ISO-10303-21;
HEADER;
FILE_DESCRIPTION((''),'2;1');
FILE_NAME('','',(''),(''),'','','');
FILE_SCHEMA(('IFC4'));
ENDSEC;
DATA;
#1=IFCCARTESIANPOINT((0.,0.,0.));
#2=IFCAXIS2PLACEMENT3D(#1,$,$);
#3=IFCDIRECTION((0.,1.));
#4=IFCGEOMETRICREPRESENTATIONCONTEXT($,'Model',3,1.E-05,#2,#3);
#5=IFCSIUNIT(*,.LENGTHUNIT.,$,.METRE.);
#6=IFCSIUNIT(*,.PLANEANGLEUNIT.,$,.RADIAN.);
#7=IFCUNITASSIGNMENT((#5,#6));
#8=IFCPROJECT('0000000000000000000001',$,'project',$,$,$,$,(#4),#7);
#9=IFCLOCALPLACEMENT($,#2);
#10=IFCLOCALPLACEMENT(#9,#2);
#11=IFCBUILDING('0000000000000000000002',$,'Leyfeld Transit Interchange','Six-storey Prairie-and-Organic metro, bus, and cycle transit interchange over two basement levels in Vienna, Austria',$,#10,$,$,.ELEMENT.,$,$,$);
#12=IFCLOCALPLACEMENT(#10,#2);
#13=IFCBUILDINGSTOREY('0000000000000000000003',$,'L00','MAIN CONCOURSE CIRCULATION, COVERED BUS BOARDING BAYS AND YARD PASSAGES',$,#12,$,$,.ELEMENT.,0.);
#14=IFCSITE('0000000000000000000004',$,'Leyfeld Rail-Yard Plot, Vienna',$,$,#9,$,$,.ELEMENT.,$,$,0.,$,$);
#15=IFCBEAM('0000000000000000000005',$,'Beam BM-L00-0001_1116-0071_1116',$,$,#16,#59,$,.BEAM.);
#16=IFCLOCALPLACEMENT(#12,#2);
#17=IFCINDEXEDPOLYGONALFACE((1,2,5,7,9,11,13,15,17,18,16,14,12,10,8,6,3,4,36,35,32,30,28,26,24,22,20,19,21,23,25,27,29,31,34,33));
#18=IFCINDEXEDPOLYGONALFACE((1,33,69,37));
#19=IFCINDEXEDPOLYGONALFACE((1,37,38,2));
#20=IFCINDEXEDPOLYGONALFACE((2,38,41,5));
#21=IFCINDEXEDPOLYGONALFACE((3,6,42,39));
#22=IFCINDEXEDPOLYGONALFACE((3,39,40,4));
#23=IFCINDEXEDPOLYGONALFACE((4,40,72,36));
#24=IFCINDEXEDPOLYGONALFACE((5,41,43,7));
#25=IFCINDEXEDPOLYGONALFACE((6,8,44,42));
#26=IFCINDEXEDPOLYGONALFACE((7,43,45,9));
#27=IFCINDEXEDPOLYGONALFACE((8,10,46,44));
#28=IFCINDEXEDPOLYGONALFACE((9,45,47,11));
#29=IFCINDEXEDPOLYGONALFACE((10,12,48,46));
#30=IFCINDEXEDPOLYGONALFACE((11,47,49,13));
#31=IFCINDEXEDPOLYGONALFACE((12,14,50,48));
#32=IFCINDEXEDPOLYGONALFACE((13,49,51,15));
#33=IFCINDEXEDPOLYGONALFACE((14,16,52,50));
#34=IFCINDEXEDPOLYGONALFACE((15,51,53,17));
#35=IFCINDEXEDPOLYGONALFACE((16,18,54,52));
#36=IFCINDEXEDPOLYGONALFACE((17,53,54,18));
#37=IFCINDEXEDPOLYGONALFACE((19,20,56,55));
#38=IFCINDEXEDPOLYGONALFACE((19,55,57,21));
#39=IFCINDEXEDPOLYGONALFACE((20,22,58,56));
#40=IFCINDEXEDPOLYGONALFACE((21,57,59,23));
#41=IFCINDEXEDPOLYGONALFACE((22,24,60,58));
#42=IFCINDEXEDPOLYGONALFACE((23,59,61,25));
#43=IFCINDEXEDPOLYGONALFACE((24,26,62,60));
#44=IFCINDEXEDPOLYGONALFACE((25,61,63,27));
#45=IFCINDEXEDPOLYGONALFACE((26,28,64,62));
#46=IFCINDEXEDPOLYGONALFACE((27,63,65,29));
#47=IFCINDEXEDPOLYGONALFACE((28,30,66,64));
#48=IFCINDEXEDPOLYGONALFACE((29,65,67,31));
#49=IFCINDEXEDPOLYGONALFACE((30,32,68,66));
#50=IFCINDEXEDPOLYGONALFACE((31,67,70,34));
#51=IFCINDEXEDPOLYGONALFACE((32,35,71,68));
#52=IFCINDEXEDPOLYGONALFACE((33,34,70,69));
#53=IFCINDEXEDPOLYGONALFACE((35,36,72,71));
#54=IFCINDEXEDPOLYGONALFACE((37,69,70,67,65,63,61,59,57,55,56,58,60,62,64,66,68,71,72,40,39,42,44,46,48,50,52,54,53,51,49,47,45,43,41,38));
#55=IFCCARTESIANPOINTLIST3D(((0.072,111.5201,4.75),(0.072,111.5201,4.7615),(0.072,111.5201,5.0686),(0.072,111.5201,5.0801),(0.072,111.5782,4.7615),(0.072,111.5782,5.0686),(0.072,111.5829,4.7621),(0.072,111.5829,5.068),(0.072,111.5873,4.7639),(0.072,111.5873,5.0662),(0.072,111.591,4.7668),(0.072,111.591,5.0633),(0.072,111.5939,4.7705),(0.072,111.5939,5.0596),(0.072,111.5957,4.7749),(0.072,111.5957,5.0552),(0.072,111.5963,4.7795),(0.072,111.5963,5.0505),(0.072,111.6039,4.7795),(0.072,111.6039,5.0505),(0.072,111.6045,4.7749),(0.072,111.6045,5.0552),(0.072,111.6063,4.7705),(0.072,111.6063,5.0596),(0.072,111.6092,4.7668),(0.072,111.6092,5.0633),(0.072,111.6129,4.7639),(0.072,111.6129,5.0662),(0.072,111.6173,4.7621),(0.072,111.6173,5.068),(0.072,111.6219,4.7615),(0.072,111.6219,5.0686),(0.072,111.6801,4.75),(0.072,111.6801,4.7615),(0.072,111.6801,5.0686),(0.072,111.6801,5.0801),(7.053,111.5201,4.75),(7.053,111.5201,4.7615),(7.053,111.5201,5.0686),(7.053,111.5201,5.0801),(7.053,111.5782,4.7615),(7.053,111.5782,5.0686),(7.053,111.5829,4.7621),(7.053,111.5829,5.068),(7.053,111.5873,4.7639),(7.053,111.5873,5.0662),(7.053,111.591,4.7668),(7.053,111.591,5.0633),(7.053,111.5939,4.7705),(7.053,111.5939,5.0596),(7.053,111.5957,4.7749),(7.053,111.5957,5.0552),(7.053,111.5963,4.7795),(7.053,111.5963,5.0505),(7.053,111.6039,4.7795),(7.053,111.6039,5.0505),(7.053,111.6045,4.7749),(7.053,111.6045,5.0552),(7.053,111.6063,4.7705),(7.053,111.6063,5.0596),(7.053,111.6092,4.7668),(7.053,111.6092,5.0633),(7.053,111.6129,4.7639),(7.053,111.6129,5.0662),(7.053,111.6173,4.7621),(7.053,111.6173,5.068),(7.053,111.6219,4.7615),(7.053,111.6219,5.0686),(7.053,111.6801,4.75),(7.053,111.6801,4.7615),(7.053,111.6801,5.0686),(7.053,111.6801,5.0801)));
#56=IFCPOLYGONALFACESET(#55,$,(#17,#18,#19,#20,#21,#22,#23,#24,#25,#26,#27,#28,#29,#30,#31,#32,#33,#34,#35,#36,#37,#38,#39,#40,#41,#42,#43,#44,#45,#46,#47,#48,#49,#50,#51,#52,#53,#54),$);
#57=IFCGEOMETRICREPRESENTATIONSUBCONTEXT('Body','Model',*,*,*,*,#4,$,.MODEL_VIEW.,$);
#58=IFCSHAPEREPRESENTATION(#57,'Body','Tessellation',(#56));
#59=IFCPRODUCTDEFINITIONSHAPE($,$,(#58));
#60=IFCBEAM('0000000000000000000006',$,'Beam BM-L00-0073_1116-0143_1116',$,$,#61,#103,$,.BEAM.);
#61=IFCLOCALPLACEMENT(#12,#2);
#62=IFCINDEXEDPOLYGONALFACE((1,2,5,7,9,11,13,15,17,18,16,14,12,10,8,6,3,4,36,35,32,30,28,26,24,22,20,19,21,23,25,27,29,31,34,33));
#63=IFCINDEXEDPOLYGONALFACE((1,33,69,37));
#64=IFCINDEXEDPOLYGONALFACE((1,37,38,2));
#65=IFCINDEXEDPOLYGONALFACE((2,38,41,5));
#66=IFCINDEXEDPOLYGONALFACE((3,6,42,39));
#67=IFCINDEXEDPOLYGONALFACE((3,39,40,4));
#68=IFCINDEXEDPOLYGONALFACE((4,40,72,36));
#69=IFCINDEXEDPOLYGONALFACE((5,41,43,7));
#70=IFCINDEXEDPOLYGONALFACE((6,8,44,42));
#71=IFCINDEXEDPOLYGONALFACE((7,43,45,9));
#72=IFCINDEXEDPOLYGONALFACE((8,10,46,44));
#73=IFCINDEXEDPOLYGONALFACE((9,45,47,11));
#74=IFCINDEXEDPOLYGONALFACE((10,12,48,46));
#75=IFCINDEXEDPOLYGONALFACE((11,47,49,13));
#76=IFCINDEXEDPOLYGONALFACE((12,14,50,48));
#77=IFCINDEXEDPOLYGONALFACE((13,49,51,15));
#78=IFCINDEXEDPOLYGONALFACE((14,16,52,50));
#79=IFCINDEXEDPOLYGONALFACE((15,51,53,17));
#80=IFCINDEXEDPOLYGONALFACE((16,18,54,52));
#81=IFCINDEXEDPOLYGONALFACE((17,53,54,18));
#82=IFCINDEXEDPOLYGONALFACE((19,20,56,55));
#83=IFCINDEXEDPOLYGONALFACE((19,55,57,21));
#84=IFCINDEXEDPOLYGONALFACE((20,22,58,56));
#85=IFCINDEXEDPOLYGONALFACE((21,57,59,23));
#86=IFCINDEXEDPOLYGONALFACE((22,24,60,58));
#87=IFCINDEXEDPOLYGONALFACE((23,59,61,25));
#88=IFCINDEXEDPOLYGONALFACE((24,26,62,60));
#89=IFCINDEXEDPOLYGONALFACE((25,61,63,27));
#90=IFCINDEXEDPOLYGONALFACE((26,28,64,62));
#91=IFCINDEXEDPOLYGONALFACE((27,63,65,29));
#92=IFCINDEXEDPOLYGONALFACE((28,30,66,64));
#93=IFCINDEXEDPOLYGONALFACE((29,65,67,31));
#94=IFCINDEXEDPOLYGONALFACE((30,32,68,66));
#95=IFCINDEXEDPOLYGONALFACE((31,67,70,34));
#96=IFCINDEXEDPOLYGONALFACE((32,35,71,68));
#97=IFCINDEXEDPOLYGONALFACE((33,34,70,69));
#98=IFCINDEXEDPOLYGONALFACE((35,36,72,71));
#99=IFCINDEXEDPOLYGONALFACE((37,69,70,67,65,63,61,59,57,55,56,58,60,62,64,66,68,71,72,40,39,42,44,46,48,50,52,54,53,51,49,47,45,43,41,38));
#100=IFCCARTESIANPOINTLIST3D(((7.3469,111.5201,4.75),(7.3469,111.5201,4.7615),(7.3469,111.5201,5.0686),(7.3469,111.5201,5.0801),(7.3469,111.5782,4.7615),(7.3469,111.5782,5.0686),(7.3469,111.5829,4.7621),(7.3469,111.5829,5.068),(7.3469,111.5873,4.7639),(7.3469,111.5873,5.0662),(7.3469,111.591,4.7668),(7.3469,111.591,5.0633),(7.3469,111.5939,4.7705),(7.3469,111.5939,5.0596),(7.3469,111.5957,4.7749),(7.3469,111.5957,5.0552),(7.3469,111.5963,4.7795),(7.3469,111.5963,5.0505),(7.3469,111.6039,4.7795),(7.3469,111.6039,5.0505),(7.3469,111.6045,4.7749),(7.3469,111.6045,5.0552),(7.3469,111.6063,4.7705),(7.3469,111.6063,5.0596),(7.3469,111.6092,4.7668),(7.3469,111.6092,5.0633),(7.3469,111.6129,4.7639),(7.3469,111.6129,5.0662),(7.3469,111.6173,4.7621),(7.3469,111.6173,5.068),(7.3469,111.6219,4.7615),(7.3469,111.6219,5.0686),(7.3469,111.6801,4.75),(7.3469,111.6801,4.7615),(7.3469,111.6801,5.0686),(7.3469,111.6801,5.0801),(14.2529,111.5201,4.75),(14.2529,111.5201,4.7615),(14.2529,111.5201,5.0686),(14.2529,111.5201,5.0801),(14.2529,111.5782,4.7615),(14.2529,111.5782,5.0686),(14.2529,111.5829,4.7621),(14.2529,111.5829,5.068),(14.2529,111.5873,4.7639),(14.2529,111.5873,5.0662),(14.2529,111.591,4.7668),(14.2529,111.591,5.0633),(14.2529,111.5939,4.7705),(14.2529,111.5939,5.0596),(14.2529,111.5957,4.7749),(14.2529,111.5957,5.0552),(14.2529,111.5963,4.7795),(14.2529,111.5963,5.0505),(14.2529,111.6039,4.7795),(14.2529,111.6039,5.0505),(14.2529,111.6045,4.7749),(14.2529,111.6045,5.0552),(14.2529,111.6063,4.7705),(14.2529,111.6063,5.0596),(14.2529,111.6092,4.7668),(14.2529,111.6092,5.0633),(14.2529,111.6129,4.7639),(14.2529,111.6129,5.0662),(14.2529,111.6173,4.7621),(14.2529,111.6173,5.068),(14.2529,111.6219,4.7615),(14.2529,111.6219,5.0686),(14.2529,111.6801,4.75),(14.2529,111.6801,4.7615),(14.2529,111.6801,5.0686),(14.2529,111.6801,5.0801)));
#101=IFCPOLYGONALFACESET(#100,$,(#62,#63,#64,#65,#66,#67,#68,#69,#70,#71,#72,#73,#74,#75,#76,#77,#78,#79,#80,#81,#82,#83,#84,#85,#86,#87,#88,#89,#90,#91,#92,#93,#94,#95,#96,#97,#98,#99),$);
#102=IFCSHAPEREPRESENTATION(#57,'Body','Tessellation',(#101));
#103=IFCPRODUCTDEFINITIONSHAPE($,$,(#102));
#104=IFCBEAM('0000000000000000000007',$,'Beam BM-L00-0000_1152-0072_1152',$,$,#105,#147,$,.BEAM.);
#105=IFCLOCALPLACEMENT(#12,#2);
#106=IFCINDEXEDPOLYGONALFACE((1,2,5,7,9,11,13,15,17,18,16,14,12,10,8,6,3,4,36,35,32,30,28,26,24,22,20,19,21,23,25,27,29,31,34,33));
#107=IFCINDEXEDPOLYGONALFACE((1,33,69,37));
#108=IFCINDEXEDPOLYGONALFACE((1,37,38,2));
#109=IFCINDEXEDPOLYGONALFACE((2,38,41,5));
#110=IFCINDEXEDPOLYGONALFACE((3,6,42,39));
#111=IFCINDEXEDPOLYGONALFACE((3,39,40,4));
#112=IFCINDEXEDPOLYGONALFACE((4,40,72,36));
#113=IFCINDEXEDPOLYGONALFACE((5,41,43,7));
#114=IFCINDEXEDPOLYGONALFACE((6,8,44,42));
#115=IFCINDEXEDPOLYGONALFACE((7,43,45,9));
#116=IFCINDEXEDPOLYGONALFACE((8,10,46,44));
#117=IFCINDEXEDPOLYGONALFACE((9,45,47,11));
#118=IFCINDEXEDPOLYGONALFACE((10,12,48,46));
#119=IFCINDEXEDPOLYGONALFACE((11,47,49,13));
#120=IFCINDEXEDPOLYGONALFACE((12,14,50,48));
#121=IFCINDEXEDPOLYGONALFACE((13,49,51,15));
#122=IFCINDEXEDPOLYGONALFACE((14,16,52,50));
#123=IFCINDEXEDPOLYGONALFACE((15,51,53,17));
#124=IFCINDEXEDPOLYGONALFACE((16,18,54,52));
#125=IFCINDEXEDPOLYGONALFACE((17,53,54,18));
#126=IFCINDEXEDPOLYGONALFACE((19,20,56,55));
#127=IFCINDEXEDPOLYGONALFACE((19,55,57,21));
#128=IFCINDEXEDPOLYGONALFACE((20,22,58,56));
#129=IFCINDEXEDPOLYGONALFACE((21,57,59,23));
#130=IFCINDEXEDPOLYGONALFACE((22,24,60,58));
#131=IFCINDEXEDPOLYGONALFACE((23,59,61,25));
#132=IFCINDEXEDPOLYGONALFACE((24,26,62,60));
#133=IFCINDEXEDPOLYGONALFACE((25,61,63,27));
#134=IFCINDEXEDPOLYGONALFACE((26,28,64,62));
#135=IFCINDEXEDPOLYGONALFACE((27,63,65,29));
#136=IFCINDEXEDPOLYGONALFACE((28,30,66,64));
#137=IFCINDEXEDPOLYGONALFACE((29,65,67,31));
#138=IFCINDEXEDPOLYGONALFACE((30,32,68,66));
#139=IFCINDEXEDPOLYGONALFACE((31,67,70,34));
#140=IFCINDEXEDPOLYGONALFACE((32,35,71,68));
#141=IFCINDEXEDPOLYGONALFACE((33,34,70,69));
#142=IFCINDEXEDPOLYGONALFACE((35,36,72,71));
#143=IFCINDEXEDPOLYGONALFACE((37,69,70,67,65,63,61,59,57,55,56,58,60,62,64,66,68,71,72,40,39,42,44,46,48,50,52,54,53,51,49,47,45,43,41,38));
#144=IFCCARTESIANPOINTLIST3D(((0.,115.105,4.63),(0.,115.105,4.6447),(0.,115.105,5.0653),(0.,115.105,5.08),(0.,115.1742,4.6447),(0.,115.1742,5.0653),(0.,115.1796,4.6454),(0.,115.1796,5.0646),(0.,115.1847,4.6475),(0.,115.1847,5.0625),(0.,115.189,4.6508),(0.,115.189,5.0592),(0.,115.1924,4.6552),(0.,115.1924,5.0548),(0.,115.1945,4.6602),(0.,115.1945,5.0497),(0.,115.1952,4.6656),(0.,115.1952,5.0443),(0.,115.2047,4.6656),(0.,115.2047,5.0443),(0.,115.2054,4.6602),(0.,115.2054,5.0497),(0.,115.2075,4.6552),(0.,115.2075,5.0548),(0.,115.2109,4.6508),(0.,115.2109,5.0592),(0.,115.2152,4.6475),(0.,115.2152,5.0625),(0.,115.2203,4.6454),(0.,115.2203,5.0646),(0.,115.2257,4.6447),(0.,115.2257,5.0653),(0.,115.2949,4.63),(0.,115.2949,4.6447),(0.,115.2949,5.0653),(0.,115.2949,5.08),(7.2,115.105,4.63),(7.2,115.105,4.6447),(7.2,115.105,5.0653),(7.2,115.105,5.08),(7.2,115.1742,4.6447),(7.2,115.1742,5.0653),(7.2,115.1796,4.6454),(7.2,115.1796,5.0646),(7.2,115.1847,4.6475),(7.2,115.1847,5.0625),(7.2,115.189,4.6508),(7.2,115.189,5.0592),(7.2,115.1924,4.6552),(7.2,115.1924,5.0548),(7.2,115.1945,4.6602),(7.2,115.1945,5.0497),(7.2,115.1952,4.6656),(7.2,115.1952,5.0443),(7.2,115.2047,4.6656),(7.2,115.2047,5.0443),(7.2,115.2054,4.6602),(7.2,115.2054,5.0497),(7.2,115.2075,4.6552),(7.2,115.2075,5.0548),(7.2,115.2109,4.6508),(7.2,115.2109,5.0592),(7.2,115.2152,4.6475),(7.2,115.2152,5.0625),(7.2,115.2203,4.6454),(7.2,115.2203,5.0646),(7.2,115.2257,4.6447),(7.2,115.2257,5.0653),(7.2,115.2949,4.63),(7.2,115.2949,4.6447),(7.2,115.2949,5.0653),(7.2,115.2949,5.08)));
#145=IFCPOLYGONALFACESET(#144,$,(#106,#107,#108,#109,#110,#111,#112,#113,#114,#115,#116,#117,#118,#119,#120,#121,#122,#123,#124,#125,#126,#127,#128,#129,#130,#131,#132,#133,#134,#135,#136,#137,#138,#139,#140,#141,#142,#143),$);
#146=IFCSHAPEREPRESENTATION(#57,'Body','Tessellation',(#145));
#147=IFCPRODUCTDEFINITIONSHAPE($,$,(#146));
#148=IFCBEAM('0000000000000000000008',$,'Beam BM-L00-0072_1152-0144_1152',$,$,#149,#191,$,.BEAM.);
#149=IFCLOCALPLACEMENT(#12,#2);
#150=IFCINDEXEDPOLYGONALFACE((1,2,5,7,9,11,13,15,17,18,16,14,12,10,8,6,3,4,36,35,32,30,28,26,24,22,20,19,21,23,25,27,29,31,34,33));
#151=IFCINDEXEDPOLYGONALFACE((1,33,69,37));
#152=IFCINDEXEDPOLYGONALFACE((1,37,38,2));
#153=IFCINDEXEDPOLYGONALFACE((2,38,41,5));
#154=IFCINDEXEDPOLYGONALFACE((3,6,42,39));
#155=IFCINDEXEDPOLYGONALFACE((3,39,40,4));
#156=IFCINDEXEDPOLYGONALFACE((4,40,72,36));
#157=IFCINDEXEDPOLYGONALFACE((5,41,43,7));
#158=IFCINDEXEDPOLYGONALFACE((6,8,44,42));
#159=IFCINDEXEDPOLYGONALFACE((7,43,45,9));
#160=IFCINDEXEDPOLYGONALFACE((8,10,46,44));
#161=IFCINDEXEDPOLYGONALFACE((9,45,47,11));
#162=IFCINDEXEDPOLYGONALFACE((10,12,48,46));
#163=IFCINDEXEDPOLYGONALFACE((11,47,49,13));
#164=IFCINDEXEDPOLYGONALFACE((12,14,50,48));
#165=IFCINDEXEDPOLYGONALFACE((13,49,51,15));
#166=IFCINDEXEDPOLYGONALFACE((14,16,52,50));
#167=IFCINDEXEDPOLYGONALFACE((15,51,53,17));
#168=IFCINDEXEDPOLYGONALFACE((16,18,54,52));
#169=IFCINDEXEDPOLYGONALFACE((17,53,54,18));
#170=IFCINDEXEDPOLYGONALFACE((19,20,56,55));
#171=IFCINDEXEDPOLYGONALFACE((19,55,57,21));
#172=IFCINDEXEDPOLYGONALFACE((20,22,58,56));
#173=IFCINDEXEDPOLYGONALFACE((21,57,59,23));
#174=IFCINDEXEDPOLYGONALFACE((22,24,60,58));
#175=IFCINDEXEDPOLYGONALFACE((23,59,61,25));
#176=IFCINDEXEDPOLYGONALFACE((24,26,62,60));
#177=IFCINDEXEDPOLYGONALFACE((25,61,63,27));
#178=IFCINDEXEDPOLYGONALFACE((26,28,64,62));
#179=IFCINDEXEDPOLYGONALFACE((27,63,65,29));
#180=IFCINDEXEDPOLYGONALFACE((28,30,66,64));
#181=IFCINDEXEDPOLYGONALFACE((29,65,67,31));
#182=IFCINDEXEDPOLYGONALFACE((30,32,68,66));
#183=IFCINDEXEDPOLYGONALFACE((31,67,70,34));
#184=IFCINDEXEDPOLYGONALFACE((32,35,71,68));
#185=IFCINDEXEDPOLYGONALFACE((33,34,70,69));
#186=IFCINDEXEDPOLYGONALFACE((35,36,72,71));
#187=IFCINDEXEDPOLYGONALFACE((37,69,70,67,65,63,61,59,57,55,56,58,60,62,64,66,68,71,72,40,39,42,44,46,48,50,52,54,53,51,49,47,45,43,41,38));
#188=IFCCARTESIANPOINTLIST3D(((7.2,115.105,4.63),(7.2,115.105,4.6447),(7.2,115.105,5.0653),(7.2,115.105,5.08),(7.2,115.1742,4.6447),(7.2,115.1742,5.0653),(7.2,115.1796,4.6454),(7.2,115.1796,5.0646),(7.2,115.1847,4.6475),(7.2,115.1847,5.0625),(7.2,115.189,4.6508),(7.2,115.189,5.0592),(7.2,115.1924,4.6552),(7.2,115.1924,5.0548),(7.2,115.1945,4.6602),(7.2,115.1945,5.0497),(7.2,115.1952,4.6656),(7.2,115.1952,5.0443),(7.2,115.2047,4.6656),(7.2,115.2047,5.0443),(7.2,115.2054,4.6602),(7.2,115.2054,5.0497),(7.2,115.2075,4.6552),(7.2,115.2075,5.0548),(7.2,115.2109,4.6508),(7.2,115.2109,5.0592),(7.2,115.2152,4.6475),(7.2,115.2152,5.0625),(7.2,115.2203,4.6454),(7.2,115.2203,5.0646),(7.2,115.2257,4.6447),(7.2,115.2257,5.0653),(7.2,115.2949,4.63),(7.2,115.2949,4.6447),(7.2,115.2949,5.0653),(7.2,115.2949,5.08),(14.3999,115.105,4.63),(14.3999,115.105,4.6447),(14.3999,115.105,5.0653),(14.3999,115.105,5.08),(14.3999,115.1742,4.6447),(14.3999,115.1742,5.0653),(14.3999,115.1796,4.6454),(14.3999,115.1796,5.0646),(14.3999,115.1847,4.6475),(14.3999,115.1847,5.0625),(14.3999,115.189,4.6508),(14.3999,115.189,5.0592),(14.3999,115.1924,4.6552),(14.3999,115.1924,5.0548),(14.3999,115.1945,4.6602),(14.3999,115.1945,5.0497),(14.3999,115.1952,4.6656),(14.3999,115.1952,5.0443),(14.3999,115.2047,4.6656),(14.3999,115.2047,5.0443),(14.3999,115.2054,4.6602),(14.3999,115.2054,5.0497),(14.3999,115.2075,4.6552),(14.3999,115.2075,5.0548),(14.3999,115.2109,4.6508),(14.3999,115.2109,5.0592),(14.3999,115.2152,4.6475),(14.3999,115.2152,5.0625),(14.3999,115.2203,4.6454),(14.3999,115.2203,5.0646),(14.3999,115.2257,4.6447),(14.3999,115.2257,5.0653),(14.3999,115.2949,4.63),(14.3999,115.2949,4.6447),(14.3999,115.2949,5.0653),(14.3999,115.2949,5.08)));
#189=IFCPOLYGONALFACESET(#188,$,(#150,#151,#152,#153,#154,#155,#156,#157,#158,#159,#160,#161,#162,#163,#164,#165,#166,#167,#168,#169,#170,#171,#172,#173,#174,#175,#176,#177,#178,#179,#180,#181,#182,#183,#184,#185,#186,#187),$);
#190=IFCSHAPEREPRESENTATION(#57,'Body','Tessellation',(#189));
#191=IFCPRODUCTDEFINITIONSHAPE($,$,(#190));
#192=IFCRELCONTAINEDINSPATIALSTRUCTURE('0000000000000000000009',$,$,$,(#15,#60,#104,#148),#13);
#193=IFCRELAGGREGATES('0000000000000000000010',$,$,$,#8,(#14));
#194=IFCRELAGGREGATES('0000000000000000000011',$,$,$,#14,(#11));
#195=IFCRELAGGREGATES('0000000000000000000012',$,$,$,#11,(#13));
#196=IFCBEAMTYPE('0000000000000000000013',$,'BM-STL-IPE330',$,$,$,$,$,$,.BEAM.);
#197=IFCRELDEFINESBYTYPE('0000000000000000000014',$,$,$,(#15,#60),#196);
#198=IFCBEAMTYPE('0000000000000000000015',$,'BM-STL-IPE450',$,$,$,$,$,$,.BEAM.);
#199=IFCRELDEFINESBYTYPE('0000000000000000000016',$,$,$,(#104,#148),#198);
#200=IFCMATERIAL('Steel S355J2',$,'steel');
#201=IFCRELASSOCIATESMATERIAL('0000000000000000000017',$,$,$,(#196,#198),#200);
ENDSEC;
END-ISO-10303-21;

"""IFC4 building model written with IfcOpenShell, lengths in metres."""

from ifc_helpers import new_model, si_unit, direction, frame, origin, origin_2d, place, context, subcontext, project, spatial, i_section, extrude, material, material_profile, profile_set, type_object, element, save


model = new_model("IFC4")

# Units and contexts
model_context = context("Model", 3, precision=1e-05, world=origin(), true_north=direction((0.0, 1.0)))
body_context = subcontext(model_context, "Body", "Model", "MODEL_VIEW")
ifc_project = project(units=[si_unit("LENGTHUNIT", "METRE"), si_unit("PLANEANGLEUNIT", "RADIAN")], contexts=[model_context])

# Site, building, storey
site_placement = place(None, origin())
site = spatial("IfcSite", under=ifc_project, at=site_placement, Name="Leyfeld Rail-Yard Plot, Vienna", CompositionType="ELEMENT", RefElevation=0.0)
building_placement = place(site_placement, origin())
building = spatial("IfcBuilding", under=site, at=building_placement, Name="Leyfeld Transit Interchange", Description="Six-storey Prairie-and-Organic metro, bus, and cycle transit interchange over two basement levels in Vienna, Austria", CompositionType="ELEMENT")
storey_placement = place(building_placement, origin())
storey = spatial("IfcBuildingStorey", under=building, at=storey_placement, Name="L00", Description="MAIN CONCOURSE CIRCULATION, COVERED BUS BOARDING BAYS AND YARD PASSAGES", CompositionType="ELEMENT", Elevation=0.0)

# Beams
ifc_material_1 = material(Name="Steel S355J2", Category="steel")
ifc_material_profile_1 = material_profile(ifc_material_1, i_section(OverallWidth=0.1599, OverallDepth=0.3301, WebThickness=0.0076, FlangeThickness=0.0115, FilletRadius=0.0181, at=origin_2d()), Name="IPE 330")
ifc_profile_set_1 = profile_set([ifc_material_profile_1], Name="Steel S355J2")
beam_type_1 = type_object("IfcBeamType", Name="BM-STL-IPE330", PredefinedType="BEAM", material=ifc_profile_set_1)
beam_1_placement = place(storey_placement, frame((0.072, 111.6001, 4.915), z_axis=(1.0, 0.0, 0.0), x_axis=(0.0, 1.0, 0.0)))
element("IfcBeam", 1, at=beam_1_placement, inside=storey, type_object=beam_type_1, Name="Beam BM-L00-0001_1116-0071_1116", PredefinedType="BEAM", context=body_context, shape_type="SweptSolid", body=[
    extrude(i_section(OverallWidth=0.1599, OverallDepth=0.3301, WebThickness=0.0076, FlangeThickness=0.0115, FilletRadius=0.0181, at=origin_2d()), origin(), (0.0, 0.0, 1.0), 6.981),
])
beam_2_placement = place(storey_placement, frame((7.3469, 111.6001, 4.915), z_axis=(1.0, 0.0, 0.0), x_axis=(0.0, 1.0, 0.0)))
element("IfcBeam", 2, at=beam_2_placement, inside=storey, type_object=beam_type_1, Name="Beam BM-L00-0073_1116-0143_1116", PredefinedType="BEAM", context=body_context, shape_type="SweptSolid", body=[
    extrude(i_section(OverallWidth=0.1599, OverallDepth=0.3301, WebThickness=0.0076, FlangeThickness=0.0115, FilletRadius=0.0181, at=origin_2d()), origin(), (0.0, 0.0, 1.0), 6.906),
])
ifc_material_profile_2 = material_profile(ifc_material_1, i_section(OverallWidth=0.1899, OverallDepth=0.45, WebThickness=0.0095, FlangeThickness=0.0146, FilletRadius=0.021, at=origin_2d()), Name="IPE 450")
ifc_profile_set_2 = profile_set([ifc_material_profile_2], Name="Steel S355J2")
beam_type_2 = type_object("IfcBeamType", Name="BM-STL-IPE450", PredefinedType="BEAM", material=ifc_profile_set_2)
for number, where, z_axis, x_axis, name in (
    (3, (0.0, 115.2, 4.855), (1.0, 0.0, 0.0), (0.0, 1.0, 0.0), "Beam BM-L00-0000_1152-0072_1152"),
    (4, (7.2, 115.2, 4.855), (1.0, 0.0, 0.0), (0.0, 1.0, 0.0), "Beam BM-L00-0072_1152-0144_1152"),
):
    element("IfcBeam", number, at=place(storey_placement, frame(where, z_axis=z_axis, x_axis=x_axis)), inside=storey, type_object=beam_type_2, Name=name, PredefinedType="BEAM", context=body_context, shape_type="SweptSolid", body=[
        extrude(i_section(OverallWidth=0.1899, OverallDepth=0.45, WebThickness=0.0095, FlangeThickness=0.0146, FilletRadius=0.021, at=origin_2d()), origin(), (0.0, 0.0, 1.0), 7.2),
    ])

save(model, "model.ifc")
